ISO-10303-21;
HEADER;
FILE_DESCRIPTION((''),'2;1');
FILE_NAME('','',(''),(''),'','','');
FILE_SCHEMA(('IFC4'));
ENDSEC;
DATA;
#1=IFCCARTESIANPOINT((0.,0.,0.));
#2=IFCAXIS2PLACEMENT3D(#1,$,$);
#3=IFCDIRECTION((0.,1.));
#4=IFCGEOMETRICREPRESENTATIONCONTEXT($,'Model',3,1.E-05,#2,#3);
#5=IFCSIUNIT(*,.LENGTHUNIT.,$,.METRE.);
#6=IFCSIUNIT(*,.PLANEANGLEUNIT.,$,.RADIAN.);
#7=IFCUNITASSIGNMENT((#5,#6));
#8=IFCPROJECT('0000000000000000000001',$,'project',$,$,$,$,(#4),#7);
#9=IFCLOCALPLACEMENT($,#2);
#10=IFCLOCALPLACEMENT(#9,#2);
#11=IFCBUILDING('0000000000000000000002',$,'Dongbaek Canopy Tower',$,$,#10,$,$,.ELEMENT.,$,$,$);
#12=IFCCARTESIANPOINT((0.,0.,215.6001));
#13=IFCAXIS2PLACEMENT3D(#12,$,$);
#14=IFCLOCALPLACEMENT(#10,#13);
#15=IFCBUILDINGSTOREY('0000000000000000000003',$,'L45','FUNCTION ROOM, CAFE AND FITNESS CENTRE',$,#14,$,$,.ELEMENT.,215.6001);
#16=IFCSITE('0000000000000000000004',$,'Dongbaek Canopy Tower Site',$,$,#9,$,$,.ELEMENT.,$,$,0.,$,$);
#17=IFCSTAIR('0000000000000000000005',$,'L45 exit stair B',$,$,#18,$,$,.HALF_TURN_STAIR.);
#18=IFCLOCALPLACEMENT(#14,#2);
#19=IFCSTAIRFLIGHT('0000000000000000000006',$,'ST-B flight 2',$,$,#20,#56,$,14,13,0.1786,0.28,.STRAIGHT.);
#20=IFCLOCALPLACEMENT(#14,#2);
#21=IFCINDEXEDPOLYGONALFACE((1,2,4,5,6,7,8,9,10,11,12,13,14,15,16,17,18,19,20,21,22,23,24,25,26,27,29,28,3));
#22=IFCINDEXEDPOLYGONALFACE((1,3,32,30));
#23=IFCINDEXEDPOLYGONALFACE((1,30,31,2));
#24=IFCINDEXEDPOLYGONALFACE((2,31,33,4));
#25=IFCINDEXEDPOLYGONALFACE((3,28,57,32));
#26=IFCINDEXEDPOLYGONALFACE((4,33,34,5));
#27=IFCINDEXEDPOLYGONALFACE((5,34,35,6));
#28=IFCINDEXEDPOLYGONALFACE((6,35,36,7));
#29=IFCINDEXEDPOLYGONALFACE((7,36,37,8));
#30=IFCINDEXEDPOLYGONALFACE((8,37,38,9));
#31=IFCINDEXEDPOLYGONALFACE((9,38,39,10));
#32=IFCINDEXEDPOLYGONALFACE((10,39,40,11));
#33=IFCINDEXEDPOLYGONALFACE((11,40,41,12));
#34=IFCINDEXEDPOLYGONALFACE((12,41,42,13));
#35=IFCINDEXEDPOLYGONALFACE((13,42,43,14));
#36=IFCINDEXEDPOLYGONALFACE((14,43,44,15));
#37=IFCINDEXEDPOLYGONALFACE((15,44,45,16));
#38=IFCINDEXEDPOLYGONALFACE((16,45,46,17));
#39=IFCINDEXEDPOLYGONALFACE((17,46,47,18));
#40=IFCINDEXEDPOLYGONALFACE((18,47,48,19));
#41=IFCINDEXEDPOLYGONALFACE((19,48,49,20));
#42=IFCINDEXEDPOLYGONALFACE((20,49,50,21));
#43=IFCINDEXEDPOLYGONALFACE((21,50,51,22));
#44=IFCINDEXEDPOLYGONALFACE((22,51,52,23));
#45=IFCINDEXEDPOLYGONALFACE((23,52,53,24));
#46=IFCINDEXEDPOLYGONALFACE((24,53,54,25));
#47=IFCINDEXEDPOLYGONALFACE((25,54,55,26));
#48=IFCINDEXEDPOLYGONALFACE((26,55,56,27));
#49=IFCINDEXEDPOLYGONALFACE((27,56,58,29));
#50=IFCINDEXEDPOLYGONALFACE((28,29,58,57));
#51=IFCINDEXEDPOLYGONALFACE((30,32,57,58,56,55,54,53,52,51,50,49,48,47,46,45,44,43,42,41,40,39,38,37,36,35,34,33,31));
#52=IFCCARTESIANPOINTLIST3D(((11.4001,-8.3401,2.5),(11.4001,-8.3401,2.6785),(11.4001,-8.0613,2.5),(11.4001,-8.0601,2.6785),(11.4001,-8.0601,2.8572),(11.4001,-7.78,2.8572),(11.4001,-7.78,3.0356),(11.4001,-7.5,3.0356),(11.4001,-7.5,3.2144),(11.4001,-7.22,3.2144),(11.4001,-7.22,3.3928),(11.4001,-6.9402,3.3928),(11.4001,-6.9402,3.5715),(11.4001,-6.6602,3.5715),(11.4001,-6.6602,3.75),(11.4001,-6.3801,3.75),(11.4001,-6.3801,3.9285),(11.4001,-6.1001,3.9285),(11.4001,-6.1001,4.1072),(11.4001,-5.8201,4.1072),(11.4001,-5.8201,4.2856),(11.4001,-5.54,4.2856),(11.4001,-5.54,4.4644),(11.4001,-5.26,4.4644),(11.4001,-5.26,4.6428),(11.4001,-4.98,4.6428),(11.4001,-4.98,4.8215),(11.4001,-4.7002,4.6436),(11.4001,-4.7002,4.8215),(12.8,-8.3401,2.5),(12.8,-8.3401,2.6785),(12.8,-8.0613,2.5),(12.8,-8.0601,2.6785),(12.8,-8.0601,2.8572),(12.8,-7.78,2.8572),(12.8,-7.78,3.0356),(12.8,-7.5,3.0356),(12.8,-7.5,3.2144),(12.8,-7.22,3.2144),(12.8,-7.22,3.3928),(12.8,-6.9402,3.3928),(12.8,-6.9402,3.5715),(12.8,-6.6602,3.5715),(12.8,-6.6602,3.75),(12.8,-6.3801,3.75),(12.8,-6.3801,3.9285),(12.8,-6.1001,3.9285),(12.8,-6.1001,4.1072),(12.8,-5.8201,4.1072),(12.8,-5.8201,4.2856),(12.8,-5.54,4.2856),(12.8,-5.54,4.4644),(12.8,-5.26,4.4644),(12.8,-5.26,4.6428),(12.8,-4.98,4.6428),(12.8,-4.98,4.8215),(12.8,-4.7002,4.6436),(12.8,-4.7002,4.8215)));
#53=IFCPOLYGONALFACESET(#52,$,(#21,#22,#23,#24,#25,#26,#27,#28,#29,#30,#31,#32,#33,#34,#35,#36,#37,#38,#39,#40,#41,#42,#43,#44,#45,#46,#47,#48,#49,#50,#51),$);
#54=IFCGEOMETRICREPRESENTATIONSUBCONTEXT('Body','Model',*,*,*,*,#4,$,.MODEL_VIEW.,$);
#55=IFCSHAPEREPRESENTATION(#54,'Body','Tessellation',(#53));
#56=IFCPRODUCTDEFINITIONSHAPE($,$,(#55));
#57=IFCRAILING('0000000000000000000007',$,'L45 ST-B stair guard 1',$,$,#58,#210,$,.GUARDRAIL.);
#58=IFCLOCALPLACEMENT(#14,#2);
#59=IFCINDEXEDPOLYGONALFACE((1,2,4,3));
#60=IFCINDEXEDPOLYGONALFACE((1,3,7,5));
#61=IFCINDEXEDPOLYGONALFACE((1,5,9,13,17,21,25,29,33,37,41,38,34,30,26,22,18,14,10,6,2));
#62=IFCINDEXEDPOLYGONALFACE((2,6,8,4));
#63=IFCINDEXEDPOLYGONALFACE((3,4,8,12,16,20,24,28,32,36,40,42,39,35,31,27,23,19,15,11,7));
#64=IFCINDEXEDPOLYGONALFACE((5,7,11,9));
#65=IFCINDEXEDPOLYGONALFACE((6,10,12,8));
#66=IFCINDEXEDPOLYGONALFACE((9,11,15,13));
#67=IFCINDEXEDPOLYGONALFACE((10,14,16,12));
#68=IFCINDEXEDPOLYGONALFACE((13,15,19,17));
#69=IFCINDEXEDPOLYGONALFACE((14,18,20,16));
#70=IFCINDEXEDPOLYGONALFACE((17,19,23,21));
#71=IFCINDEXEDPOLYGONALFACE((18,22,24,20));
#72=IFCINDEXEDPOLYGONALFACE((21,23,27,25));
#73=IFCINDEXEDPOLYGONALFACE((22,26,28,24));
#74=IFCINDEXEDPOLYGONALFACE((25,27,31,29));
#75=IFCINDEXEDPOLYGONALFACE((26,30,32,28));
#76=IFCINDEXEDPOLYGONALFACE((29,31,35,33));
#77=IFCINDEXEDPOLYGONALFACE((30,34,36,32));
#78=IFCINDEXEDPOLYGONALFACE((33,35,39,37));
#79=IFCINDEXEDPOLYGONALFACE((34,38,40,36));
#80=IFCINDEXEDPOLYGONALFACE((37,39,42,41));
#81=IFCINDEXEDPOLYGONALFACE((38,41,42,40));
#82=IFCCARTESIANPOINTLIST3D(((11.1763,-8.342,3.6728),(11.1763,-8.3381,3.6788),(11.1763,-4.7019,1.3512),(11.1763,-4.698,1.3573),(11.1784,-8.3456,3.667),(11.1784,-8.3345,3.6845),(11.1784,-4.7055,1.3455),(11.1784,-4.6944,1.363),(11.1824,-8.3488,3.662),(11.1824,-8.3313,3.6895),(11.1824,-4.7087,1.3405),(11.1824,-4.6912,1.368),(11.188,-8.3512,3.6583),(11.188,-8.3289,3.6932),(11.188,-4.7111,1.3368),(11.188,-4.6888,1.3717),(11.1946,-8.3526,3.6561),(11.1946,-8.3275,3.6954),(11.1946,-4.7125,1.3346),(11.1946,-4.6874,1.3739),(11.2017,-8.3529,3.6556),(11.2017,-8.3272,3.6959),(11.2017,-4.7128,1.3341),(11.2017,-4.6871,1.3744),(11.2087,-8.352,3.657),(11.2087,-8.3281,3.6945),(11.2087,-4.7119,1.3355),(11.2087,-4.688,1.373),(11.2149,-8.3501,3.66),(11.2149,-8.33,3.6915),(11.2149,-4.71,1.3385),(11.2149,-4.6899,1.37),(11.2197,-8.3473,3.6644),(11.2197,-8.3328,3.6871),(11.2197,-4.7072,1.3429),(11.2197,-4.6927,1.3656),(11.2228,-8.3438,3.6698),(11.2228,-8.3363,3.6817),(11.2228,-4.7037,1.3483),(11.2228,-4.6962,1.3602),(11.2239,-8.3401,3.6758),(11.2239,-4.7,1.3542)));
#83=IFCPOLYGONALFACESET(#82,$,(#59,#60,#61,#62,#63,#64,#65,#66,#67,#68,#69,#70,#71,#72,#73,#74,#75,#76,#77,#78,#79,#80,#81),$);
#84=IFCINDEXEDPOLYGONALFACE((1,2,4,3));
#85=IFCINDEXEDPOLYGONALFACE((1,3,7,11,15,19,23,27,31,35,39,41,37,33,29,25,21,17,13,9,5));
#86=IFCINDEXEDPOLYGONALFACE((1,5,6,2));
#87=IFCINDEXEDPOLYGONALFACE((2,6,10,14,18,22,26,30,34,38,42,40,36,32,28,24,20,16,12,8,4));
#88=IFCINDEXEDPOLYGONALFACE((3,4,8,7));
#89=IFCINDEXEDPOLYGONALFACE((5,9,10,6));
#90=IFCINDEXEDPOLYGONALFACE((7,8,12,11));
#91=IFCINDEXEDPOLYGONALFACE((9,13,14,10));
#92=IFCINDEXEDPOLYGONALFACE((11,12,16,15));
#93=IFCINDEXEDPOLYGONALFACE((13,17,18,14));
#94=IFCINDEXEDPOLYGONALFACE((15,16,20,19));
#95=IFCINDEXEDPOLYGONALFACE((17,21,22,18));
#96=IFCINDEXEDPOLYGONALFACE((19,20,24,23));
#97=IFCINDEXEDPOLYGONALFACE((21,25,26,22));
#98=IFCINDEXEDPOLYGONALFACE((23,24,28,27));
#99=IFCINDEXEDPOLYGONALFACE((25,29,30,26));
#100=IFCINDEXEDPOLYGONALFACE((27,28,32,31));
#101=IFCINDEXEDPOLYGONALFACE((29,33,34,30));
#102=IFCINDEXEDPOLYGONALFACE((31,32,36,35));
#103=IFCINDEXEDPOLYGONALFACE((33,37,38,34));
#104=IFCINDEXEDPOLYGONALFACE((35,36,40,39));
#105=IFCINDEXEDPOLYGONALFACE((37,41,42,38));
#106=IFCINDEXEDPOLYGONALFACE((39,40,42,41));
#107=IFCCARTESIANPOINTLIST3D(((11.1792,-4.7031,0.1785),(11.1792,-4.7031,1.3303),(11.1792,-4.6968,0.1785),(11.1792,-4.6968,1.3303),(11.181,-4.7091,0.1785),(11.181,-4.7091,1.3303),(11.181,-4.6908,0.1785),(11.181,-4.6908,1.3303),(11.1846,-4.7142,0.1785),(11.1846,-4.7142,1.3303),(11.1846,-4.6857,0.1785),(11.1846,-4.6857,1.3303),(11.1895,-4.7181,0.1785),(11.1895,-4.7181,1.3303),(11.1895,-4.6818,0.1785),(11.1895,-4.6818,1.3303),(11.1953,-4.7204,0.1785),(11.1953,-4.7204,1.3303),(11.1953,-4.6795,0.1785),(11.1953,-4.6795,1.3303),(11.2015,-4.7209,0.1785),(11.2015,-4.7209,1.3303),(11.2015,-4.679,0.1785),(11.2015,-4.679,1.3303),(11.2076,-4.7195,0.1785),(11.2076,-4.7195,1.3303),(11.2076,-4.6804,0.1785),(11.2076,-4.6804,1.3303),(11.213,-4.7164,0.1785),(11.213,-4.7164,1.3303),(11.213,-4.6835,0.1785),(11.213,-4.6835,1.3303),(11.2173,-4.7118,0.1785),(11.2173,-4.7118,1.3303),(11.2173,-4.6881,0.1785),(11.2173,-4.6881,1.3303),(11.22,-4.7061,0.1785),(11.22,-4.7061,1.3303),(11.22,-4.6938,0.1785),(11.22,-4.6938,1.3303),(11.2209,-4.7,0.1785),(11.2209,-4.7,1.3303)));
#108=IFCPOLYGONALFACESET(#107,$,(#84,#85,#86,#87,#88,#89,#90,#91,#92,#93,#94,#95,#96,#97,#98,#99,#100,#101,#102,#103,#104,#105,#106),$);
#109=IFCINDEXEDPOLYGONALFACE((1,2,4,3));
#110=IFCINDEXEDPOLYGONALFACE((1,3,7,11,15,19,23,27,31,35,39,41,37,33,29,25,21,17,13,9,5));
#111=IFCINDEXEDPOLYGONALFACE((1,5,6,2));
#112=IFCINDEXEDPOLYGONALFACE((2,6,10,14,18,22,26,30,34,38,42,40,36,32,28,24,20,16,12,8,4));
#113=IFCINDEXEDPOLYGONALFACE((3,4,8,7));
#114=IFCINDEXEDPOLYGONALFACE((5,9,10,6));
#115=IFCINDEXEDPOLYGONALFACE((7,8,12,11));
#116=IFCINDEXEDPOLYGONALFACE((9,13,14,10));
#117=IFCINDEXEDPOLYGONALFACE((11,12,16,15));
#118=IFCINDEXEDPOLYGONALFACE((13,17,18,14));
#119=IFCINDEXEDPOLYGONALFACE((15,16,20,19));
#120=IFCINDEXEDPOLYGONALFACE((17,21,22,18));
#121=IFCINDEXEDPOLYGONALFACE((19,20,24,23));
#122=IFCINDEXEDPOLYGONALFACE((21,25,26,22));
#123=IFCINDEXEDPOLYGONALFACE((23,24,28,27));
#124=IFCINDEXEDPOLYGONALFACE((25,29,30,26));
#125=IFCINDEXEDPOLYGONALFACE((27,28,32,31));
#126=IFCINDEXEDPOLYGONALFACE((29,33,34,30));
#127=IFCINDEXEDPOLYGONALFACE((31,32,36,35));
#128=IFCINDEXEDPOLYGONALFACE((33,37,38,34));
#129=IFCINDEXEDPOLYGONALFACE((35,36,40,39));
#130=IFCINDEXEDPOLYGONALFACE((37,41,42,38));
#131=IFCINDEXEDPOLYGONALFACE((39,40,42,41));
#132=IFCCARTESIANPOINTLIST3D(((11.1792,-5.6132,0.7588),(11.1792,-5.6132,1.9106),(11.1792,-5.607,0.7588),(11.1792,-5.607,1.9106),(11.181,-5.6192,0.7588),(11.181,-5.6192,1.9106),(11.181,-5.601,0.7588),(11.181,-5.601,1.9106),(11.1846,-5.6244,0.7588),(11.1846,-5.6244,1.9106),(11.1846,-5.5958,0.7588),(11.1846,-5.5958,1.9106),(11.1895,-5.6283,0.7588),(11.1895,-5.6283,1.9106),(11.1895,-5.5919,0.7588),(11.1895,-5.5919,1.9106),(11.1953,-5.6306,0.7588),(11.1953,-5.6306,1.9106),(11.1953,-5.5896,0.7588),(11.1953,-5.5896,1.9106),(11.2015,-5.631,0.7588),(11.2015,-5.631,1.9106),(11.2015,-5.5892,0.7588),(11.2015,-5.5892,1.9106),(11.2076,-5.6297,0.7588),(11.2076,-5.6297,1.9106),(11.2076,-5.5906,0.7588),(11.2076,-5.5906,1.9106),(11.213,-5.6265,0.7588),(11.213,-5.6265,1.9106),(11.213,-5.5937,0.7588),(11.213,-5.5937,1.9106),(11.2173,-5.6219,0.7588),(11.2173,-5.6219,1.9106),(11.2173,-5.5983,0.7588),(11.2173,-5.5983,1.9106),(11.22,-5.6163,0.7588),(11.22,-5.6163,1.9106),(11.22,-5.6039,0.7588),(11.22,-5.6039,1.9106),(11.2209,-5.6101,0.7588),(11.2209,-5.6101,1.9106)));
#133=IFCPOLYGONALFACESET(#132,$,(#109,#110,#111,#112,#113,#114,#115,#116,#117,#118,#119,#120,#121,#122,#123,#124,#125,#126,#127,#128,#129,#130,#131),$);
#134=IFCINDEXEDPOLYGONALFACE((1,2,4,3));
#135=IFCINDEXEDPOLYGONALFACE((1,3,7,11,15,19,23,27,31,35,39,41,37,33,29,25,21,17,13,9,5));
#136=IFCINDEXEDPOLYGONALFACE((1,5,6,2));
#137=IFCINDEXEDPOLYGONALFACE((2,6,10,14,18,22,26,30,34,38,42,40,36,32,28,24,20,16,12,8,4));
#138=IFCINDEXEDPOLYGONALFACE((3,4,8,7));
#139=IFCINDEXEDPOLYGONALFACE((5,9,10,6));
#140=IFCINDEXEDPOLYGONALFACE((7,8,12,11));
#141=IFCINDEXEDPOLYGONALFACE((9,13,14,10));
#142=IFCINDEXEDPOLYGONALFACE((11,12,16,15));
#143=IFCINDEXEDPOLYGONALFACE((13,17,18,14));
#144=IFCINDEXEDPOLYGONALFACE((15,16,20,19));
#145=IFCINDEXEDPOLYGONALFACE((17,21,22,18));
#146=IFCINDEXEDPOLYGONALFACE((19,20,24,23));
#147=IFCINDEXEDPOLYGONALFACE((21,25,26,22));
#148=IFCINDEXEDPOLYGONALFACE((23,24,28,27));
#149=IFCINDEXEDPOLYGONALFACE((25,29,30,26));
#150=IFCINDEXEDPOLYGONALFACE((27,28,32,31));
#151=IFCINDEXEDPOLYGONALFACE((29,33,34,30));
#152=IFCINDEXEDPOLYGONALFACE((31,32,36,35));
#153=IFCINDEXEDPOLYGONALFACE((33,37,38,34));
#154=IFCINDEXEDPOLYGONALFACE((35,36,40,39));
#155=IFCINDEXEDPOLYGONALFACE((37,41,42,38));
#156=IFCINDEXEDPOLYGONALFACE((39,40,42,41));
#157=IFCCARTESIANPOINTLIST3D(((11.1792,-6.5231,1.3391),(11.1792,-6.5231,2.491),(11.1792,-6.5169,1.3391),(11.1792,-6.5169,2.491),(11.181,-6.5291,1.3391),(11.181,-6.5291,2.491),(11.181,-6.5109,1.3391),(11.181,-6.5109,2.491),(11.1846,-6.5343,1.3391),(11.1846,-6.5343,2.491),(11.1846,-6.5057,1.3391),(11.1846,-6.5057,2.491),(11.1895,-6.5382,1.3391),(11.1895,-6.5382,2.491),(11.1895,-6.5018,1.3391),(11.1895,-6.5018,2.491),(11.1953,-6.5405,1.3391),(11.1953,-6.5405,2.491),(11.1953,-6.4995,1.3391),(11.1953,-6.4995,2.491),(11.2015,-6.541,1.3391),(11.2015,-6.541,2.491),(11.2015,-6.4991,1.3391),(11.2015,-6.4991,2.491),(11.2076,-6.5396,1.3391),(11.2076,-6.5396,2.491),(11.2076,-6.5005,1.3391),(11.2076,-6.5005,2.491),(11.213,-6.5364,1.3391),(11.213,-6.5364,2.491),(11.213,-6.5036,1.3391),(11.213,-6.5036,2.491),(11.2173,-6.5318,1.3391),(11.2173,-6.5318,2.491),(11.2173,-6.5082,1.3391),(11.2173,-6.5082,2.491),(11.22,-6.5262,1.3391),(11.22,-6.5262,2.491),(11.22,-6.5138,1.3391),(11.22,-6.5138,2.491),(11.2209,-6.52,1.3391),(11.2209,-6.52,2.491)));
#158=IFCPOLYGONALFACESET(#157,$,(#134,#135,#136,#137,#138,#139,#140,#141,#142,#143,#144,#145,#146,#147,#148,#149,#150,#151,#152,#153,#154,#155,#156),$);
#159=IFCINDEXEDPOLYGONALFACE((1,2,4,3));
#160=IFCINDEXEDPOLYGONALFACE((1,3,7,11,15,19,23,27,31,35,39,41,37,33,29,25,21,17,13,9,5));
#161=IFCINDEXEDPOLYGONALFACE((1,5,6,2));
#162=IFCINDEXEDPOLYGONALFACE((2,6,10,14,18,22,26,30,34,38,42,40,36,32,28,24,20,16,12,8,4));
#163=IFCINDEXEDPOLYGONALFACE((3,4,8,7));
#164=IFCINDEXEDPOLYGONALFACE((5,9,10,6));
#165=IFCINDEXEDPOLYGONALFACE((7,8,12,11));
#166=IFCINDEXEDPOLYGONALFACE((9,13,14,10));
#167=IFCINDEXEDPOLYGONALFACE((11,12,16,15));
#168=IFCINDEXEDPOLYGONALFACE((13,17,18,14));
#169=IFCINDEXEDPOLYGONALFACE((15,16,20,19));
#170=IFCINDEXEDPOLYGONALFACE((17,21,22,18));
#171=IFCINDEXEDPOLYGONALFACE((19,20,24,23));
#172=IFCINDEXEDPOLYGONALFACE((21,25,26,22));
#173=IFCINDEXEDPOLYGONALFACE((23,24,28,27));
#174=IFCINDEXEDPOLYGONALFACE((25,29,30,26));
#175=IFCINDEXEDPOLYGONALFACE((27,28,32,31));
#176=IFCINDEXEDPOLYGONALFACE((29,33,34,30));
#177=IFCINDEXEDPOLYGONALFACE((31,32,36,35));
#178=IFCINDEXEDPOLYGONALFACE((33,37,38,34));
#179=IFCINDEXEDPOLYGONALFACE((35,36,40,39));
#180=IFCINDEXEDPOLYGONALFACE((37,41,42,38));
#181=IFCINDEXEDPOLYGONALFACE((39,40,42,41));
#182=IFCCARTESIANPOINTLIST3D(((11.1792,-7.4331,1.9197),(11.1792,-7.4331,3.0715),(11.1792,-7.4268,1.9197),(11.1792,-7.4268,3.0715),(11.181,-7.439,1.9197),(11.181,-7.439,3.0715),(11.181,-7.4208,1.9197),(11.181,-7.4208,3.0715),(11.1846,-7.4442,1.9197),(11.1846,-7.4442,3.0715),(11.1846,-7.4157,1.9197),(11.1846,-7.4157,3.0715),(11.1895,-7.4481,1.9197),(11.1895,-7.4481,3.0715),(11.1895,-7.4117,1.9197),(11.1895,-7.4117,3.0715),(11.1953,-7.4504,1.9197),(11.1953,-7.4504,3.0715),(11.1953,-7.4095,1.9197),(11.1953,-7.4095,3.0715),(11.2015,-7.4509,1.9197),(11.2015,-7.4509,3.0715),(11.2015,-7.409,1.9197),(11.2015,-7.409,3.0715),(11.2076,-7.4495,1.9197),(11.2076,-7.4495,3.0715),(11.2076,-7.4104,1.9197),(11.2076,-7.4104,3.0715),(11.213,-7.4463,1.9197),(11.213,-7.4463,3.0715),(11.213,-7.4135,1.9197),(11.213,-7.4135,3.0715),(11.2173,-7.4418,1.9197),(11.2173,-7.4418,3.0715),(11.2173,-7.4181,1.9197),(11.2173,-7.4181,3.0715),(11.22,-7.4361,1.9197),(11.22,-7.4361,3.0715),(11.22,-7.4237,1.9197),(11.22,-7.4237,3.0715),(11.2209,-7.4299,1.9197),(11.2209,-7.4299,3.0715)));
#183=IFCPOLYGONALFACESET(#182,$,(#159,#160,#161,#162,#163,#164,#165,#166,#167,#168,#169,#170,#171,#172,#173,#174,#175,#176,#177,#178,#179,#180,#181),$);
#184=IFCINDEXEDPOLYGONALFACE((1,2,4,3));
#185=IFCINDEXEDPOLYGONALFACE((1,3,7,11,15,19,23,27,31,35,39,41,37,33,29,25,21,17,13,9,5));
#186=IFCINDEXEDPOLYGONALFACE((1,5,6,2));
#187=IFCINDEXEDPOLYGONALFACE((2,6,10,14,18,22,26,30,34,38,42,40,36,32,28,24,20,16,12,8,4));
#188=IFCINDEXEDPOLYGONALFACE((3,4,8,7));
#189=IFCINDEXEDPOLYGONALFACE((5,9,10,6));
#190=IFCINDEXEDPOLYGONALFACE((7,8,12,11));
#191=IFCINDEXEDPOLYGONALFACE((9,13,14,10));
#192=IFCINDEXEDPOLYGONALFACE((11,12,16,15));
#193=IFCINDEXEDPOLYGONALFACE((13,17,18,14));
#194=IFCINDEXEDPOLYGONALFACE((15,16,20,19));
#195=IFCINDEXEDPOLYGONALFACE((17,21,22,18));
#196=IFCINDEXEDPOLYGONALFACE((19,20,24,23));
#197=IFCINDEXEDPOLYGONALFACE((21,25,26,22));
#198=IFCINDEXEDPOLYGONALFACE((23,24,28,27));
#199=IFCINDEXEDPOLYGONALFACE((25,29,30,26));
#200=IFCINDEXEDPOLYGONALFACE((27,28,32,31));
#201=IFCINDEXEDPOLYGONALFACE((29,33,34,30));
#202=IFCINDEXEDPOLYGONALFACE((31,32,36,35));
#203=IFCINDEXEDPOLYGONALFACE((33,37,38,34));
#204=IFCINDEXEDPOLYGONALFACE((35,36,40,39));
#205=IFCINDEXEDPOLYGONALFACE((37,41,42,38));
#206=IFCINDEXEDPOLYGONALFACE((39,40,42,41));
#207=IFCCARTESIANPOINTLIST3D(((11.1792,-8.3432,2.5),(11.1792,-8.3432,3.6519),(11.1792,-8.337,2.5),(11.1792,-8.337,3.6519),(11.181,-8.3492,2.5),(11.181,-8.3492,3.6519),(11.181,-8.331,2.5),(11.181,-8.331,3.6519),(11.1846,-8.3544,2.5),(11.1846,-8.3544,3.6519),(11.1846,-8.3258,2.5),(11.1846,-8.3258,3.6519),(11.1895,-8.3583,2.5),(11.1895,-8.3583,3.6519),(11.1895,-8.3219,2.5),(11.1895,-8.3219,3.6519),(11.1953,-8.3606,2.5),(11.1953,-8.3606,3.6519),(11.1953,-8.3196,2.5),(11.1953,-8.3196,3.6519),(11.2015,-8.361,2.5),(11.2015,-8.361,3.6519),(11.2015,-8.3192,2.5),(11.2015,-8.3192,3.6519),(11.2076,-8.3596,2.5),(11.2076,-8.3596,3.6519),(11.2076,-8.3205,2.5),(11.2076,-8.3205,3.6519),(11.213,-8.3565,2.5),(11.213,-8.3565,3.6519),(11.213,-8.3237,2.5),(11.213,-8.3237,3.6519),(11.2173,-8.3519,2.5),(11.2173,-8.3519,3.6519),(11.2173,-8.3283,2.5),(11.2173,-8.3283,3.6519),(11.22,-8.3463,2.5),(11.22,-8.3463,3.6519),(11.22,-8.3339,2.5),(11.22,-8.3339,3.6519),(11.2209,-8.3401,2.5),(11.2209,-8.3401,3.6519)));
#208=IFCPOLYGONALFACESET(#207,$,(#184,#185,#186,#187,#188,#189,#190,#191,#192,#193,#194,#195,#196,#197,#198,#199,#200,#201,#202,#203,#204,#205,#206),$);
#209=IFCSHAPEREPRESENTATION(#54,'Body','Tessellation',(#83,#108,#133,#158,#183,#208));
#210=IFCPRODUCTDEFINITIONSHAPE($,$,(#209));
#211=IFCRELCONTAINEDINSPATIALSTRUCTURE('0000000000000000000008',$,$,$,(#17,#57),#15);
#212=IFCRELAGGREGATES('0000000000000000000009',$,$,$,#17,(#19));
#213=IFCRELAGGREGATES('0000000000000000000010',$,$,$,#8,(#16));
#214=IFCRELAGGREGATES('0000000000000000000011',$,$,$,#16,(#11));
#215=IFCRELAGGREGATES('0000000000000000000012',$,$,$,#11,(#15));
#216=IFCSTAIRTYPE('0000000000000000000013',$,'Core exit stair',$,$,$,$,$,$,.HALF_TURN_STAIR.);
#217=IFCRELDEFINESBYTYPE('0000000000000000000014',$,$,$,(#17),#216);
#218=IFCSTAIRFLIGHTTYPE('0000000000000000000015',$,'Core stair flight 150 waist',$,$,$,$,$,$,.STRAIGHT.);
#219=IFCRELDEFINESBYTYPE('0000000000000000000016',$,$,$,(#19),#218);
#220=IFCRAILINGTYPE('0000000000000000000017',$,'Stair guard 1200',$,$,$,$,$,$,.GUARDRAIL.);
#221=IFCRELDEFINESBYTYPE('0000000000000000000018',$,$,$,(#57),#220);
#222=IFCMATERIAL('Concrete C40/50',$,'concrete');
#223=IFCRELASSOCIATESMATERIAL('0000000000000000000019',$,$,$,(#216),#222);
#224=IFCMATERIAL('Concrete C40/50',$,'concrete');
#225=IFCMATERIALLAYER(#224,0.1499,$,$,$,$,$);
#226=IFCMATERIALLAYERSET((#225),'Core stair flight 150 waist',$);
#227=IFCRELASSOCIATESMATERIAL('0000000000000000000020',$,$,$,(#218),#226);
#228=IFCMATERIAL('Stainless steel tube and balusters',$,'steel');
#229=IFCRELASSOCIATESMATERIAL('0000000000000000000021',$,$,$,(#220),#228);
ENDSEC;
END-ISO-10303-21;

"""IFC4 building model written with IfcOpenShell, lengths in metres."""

from ifc_helpers import new_model, si_unit, direction, frame, origin, origin_2d, place, context, subcontext, project, spatial, polyline, circle, outline, extrude, material, layer, layer_set, type_object, element, aggregate, save


model = new_model("IFC4")

# Units and contexts
model_context = context("Model", 3, precision=1e-05, world=origin(), true_north=direction((0.0, 1.0)))
body_context = subcontext(model_context, "Body", "Model", "MODEL_VIEW")
ifc_project = project(units=[si_unit("LENGTHUNIT", "METRE"), si_unit("PLANEANGLEUNIT", "RADIAN")], contexts=[model_context])

# Site, building, storey
site_placement = place(None, origin())
site = spatial("IfcSite", under=ifc_project, at=site_placement, Name="Dongbaek Canopy Tower Site", CompositionType="ELEMENT", RefElevation=0.0)
building_placement = place(site_placement, origin())
building = spatial("IfcBuilding", under=site, at=building_placement, Name="Dongbaek Canopy Tower", CompositionType="ELEMENT")
storey_placement = place(building_placement, frame((0.0, 0.0, 215.6001)))
storey = spatial("IfcBuildingStorey", under=building, at=storey_placement, Name="L45", Description="FUNCTION ROOM, CAFE AND FITNESS CENTRE", CompositionType="ELEMENT", Elevation=215.6001)

# Stair, stair flight
ifc_material_1 = material(Name="Concrete C40/50", Category="concrete")
stair_type = type_object("IfcStairType", Name="Core exit stair", PredefinedType="HALF_TURN_STAIR", material=ifc_material_1)
stair_placement = place(storey_placement, origin())
stair = element("IfcStair", 1, at=stair_placement, inside=storey, type_object=stair_type, Name="L45 exit stair B", PredefinedType="HALF_TURN_STAIR")
ifc_material_2 = material(Name="Concrete C40/50", Category="concrete")
ifc_layer_1 = layer(ifc_material_2, 0.1499)
ifc_layer_set_1 = layer_set([ifc_layer_1], Name="Core stair flight 150 waist")
stair_flight_type = type_object("IfcStairFlightType", Name="Core stair flight 150 waist", PredefinedType="STRAIGHT", material=ifc_layer_set_1)
stair_flight_placement = place(storey_placement, frame((12.1001, -8.3401, 2.5), z_axis=(0.0, 0.0, 1.0), x_axis=(0.0, 1.0, 0.0)))
stair_flight = element("IfcStairFlight", 2, at=stair_flight_placement, type_object=stair_flight_type, Name="ST-B flight 2", NumberOfRisers=14, NumberOfTreads=13, PredefinedType="STRAIGHT", RiserHeight=0.1786, TreadLength=0.28, context=body_context, shape_type="SweptSolid", body=[
    extrude(outline(polyline([(0.0, 0.0), (0.0, 0.1785), (0.28, 0.1785), (0.28, 0.3572), (0.5601, 0.3572), (0.5601, 0.5356), (0.8401, 0.5356), (0.8401, 0.7144), (1.1201, 0.7144), (1.1201, 0.8928), (1.3999, 0.8928), (1.3999, 1.0715), (1.6799, 1.0715), (1.6799, 1.25), (1.96, 1.25), (1.96, 1.4285), (2.24, 1.4285), (2.24, 1.6072), (2.52, 1.6072), (2.52, 1.7856), (2.8, 1.7856), (2.8, 1.9644), (3.0801, 1.9644), (3.0801, 2.1428), (3.3601, 2.1428), (3.3601, 2.3215), (3.6399, 2.3215), (3.6399, 2.5), (3.6399, 2.1436), (0.2788, 0.0), (0.0, 0.0)])), frame((0.0, 0.7, 0.0), z_axis=(0.0, -1.0, 0.0), x_axis=(1.0, 0.0, 0.0)), (0.0, 0.0, 1.0), 1.3999),
])
aggregate(stair, [stair_flight])

# Railing
ifc_material_3 = material(Name="Stainless steel tube and balusters", Category="steel")
railing_type_1 = type_object("IfcRailingType", Name="Stair guard 1200", PredefinedType="GUARDRAIL", material=ifc_material_3)
railing_1_placement = place(storey_placement, frame((11.2, -4.7, 0.1785)))
element("IfcRailing", 3, at=railing_1_placement, inside=storey, type_object=railing_type_1, Name="L45 ST-B stair guard 1", PredefinedType="GUARDRAIL", context=body_context, shape_type="SweptSolid", body=[
    extrude(circle(Radius=0.0239, at=origin_2d()), frame((0.0, 0.0, 1.1758), z_axis=(0.0, -0.843128, 0.537713), x_axis=(1.0, 0.0, 0.0)), (0.0, 0.0, 1.0), 4.3174),
    extrude(circle(Radius=0.021, at=origin_2d()), origin(), (0.0, 0.0, 1.0), 1.1519),
    extrude(circle(Radius=0.021, at=origin_2d()), frame((0.0, -0.9102, 0.5803)), (0.0, 0.0, 1.0), 1.1519),
    extrude(circle(Radius=0.021, at=origin_2d()), frame((0.0, -1.8201, 1.1606)), (0.0, 0.0, 1.0), 1.1519),
    extrude(circle(Radius=0.021, at=origin_2d()), frame((0.0, -2.73, 1.7412)), (0.0, 0.0, 1.0), 1.1519),
    extrude(circle(Radius=0.021, at=origin_2d()), frame((0.0, -3.6401, 2.3215)), (0.0, 0.0, 1.0), 1.1519),
])

save(model, "model.ifc")
